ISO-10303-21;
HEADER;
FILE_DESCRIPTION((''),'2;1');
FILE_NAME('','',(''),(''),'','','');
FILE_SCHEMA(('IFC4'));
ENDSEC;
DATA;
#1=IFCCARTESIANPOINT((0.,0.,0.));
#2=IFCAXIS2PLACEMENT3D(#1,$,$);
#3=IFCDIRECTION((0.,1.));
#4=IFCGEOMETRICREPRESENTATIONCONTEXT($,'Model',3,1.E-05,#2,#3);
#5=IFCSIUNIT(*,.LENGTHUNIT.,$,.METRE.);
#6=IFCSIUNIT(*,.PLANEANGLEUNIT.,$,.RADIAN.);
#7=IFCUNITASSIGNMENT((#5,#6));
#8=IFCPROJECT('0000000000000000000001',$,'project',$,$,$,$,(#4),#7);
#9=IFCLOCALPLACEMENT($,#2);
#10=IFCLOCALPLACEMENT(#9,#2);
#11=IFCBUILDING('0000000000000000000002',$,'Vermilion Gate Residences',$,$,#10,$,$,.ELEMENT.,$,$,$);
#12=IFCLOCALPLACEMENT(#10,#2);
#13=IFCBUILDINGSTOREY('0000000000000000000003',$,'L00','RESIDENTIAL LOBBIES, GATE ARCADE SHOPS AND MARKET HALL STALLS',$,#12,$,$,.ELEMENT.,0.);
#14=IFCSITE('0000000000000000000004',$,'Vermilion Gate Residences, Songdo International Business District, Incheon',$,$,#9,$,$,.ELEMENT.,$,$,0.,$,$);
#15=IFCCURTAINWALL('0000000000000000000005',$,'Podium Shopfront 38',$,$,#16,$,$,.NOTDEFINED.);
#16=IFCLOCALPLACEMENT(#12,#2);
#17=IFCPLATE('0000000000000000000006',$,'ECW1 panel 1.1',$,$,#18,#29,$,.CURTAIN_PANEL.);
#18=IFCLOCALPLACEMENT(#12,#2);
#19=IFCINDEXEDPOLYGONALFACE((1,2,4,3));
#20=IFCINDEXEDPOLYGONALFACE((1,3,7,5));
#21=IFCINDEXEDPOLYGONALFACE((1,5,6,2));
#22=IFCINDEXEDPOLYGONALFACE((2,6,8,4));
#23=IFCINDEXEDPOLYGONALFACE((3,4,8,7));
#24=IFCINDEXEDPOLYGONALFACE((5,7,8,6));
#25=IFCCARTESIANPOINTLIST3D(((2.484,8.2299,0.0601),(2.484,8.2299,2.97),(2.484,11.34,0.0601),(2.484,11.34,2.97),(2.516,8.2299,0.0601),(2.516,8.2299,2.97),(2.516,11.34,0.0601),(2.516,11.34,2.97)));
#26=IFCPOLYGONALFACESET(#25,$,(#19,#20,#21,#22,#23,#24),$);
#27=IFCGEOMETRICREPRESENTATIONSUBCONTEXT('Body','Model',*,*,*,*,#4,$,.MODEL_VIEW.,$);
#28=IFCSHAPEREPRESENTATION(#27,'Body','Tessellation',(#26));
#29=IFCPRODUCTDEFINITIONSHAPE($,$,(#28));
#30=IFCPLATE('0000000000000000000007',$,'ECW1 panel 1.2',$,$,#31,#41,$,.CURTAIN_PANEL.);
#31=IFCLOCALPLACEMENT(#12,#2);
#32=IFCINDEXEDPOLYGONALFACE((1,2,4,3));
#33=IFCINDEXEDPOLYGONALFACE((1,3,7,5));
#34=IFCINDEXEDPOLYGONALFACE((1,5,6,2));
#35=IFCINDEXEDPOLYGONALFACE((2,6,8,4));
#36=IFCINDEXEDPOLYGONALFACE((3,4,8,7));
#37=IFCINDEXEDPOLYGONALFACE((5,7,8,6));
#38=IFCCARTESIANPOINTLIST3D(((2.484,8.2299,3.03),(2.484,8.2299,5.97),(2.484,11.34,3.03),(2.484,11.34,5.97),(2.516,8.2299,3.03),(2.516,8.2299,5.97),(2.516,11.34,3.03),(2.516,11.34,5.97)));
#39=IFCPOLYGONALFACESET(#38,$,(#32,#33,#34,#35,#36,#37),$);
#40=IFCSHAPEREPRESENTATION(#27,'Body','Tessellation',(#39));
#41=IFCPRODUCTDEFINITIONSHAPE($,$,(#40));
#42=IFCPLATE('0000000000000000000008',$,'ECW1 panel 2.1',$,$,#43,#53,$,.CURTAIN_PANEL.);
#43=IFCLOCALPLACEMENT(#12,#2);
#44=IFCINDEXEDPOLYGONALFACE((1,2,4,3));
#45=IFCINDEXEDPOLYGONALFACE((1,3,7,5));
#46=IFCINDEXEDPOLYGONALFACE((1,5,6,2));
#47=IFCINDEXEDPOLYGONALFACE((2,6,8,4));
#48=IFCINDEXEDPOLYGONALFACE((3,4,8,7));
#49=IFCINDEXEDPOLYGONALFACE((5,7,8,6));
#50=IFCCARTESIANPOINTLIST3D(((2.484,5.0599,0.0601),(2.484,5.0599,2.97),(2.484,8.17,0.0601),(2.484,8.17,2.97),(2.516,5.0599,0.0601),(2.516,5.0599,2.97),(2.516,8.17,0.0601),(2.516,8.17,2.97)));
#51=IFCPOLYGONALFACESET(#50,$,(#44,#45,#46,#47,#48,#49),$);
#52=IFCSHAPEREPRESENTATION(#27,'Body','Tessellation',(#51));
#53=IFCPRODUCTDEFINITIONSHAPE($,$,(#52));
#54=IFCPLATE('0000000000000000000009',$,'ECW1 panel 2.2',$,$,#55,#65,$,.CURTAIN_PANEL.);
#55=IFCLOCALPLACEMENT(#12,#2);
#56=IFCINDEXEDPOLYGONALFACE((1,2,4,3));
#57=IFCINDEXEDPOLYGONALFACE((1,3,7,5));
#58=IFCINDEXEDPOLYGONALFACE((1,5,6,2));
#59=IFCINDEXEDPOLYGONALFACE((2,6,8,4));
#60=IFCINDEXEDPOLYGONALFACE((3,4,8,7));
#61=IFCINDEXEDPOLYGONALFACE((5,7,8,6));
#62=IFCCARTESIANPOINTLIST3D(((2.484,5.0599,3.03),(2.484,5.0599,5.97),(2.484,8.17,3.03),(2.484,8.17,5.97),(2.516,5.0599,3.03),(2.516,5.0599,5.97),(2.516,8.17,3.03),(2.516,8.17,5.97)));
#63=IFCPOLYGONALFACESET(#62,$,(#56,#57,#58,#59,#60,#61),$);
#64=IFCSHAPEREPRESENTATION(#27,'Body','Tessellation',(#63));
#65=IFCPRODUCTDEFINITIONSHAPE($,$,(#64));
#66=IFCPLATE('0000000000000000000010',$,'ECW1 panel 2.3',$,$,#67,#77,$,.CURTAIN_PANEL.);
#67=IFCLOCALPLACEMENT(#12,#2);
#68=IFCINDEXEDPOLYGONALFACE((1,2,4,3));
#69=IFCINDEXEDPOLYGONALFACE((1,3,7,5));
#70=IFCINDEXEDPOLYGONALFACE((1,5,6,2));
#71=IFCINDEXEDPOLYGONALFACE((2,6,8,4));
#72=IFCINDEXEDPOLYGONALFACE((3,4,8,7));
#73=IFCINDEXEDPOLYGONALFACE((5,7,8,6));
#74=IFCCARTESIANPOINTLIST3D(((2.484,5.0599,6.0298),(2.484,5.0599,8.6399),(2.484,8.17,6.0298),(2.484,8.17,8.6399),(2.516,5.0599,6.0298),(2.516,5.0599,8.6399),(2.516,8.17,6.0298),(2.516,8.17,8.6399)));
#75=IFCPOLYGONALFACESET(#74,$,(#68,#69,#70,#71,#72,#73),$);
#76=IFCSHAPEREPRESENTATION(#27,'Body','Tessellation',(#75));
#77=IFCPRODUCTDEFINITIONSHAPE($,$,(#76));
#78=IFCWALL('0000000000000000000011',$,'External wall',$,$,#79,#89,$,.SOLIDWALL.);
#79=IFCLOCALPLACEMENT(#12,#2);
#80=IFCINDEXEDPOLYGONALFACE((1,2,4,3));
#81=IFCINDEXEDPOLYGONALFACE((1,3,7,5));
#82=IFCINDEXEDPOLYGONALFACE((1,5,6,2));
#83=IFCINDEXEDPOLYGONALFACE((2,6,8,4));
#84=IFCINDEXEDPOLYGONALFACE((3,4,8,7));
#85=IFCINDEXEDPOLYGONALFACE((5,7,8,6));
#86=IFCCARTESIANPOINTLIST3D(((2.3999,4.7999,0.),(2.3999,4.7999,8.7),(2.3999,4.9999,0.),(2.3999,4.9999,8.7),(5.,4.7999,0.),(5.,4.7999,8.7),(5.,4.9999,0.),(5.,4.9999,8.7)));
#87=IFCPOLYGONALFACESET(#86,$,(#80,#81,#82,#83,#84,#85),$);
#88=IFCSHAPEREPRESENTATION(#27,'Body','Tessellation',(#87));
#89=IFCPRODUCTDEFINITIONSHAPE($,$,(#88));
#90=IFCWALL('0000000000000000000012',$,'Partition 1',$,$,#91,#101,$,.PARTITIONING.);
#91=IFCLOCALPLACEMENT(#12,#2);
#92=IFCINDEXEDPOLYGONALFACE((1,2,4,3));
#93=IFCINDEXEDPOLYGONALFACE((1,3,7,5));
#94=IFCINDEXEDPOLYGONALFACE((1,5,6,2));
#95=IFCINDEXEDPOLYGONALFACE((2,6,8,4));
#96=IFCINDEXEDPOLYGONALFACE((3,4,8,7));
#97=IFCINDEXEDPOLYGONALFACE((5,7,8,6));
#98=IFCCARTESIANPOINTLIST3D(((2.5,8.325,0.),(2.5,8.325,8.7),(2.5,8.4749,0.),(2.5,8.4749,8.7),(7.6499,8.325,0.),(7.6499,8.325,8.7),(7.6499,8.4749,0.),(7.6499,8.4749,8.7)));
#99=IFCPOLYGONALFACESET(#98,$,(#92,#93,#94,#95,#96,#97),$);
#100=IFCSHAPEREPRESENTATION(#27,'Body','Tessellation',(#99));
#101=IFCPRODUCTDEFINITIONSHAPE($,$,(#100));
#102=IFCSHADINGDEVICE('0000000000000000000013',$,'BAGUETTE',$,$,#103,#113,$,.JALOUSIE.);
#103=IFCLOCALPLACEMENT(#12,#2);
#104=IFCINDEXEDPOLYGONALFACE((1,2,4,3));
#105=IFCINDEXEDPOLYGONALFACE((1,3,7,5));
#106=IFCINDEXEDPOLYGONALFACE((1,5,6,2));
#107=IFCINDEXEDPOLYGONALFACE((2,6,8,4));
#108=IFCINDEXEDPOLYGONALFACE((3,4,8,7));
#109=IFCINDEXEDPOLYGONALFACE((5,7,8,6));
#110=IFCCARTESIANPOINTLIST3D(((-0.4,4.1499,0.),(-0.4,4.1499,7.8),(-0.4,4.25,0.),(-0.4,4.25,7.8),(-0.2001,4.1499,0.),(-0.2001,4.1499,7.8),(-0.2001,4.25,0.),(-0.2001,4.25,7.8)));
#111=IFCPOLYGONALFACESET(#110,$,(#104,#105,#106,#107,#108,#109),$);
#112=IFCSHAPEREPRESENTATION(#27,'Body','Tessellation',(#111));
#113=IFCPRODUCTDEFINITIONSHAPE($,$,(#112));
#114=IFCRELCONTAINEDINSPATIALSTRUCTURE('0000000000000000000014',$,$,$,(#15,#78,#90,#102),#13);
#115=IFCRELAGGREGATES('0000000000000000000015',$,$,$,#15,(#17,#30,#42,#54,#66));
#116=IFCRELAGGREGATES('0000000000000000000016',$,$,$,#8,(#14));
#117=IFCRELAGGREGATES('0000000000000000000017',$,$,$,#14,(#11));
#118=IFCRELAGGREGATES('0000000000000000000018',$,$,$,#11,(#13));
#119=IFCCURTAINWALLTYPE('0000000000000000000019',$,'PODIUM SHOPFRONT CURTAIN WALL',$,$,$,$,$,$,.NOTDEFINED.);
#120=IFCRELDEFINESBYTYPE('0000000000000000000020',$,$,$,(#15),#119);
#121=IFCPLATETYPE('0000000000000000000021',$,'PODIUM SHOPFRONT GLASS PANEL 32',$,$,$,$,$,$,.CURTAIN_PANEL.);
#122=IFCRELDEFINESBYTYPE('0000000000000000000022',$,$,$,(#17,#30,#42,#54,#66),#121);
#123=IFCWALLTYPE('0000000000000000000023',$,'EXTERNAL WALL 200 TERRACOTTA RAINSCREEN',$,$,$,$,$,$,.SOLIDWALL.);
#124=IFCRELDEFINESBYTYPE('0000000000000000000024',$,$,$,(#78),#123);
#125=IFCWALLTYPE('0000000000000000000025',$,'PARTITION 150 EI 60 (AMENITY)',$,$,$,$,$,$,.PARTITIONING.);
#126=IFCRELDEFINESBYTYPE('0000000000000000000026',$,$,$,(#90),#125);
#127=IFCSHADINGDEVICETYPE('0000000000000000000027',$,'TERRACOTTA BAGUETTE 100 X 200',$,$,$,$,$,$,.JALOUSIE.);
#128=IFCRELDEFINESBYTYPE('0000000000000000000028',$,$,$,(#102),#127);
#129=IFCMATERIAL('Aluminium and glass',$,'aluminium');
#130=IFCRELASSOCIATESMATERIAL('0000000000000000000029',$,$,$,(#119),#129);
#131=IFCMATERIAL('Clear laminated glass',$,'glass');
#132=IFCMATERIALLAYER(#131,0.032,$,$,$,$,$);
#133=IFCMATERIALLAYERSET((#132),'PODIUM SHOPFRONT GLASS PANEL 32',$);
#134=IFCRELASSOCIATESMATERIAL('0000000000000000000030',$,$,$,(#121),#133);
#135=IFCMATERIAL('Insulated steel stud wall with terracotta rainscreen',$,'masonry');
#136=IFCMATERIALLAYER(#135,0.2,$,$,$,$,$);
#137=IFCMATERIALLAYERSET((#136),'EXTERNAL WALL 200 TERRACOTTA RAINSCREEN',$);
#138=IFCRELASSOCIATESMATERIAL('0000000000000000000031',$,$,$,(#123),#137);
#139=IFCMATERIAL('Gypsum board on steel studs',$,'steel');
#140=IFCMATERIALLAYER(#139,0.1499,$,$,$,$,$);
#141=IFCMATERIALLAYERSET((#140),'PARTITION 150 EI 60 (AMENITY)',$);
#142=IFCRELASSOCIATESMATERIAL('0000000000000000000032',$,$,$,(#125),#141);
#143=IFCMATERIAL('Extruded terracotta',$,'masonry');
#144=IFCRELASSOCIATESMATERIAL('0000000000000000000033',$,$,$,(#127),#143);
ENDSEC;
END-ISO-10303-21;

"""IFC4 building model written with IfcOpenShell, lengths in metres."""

from ifc_helpers import new_model, si_unit, direction, frame, frame_2d, origin, origin_2d, place, context, subcontext, project, spatial, rectangle, extrude, material, layer, layer_set, material_profile, profile_set, type_object, element, aggregate, save


model = new_model("IFC4")

# Units and contexts
model_context = context("Model", 3, precision=1e-05, world=origin(), true_north=direction((0.0, 1.0)))
body_context = subcontext(model_context, "Body", "Model", "MODEL_VIEW")
ifc_project = project(units=[si_unit("LENGTHUNIT", "METRE"), si_unit("PLANEANGLEUNIT", "RADIAN")], contexts=[model_context])

# Site, building, storey
site_placement = place(None, origin())
site = spatial("IfcSite", under=ifc_project, at=site_placement, Name="Vermilion Gate Residences, Songdo International Business District, Incheon", CompositionType="ELEMENT", RefElevation=0.0)
building_placement = place(site_placement, origin())
building = spatial("IfcBuilding", under=site, at=building_placement, Name="Vermilion Gate Residences", CompositionType="ELEMENT")
storey_placement = place(building_placement, origin())
storey = spatial("IfcBuildingStorey", under=building, at=storey_placement, Name="L00", Description="RESIDENTIAL LOBBIES, GATE ARCADE SHOPS AND MARKET HALL STALLS", CompositionType="ELEMENT", Elevation=0.0)

# Curtain wall
ifc_material_1 = material(Name="Aluminium and glass", Category="aluminium")
curtain_wall_type_1 = type_object("IfcCurtainWallType", Name="PODIUM SHOPFRONT CURTAIN WALL", PredefinedType="NOTDEFINED", material=ifc_material_1)
curtain_wall_1_placement = place(storey_placement, origin())
curtain_wall_1 = element("IfcCurtainWall", 1, at=curtain_wall_1_placement, inside=storey, type_object=curtain_wall_type_1, Name="Podium Shopfront 38", PredefinedType="NOTDEFINED")

# Plates
ifc_material_2 = material(Name="Clear laminated glass", Category="glass")
ifc_layer_1 = layer(ifc_material_2, 0.032)
ifc_layer_set_1 = layer_set([ifc_layer_1], Name="PODIUM SHOPFRONT GLASS PANEL 32")
plate_type = type_object("IfcPlateType", Name="PODIUM SHOPFRONT GLASS PANEL 32", PredefinedType="CURTAIN_PANEL", material=ifc_layer_set_1)
plate_1_placement = place(storey_placement, frame((2.5, 9.7849, 0.0601), z_axis=(0.0, 0.0, 1.0), x_axis=(0.0, -1.0, 0.0)))
plate_1 = element("IfcPlate", 2, at=plate_1_placement, type_object=plate_type, Name="ECW1 panel 1.1", PredefinedType="CURTAIN_PANEL", context=body_context, shape_type="SweptSolid", body=[
    extrude(rectangle(XDim=3.1101, YDim=0.032, at=origin_2d()), origin(), (0.0, 0.0, 1.0), 2.9099),
])
plate_2_placement = place(storey_placement, frame((2.5, 9.7849, 3.03), z_axis=(0.0, 0.0, 1.0), x_axis=(0.0, -1.0, 0.0)))
plate_2 = element("IfcPlate", 3, at=plate_2_placement, type_object=plate_type, Name="ECW1 panel 1.2", PredefinedType="CURTAIN_PANEL", context=body_context, shape_type="SweptSolid", body=[
    extrude(rectangle(XDim=3.1101, YDim=0.032, at=origin_2d()), origin(), (0.0, 0.0, 1.0), 2.9399),
])
plate_3_placement = place(storey_placement, frame((2.5, 6.615, 0.0601), z_axis=(0.0, 0.0, 1.0), x_axis=(0.0, -1.0, 0.0)))
plate_3 = element("IfcPlate", 4, at=plate_3_placement, type_object=plate_type, Name="ECW1 panel 2.1", PredefinedType="CURTAIN_PANEL", context=body_context, shape_type="SweptSolid", body=[
    extrude(rectangle(XDim=3.1101, YDim=0.032, at=origin_2d()), origin(), (0.0, 0.0, 1.0), 2.9099),
])
plate_4_placement = place(storey_placement, frame((2.5, 6.615, 3.03), z_axis=(0.0, 0.0, 1.0), x_axis=(0.0, -1.0, 0.0)))
plate_4 = element("IfcPlate", 5, at=plate_4_placement, type_object=plate_type, Name="ECW1 panel 2.2", PredefinedType="CURTAIN_PANEL", context=body_context, shape_type="SweptSolid", body=[
    extrude(rectangle(XDim=3.1101, YDim=0.032, at=origin_2d()), origin(), (0.0, 0.0, 1.0), 2.9399),
])
plate_5_placement = place(storey_placement, frame((2.5, 6.615, 6.0298), z_axis=(0.0, 0.0, 1.0), x_axis=(0.0, -1.0, 0.0)))
plate_5 = element("IfcPlate", 6, at=plate_5_placement, type_object=plate_type, Name="ECW1 panel 2.3", PredefinedType="CURTAIN_PANEL", context=body_context, shape_type="SweptSolid", body=[
    extrude(rectangle(XDim=3.1101, YDim=0.032, at=origin_2d()), origin(), (0.0, 0.0, 1.0), 2.6101),
])
aggregate(curtain_wall_1, [plate_1, plate_2, plate_3, plate_4, plate_5])

# Walls
ifc_material_3 = material(Name="Insulated steel stud wall with terracotta rainscreen", Category="masonry")
ifc_layer_2 = layer(ifc_material_3, 0.2)
ifc_layer_set_2 = layer_set([ifc_layer_2], Name="EXTERNAL WALL 200 TERRACOTTA RAINSCREEN")
wall_type_1 = type_object("IfcWallType", Name="EXTERNAL WALL 200 TERRACOTTA RAINSCREEN", PredefinedType="SOLIDWALL", material=ifc_layer_set_2)
wall_1_placement = place(storey_placement, frame((2.3999, 4.8999, 0.0), z_axis=(0.0, 0.0, 1.0), x_axis=(1.0, 0.0, 0.0)))
element("IfcWall", 7, at=wall_1_placement, inside=storey, type_object=wall_type_1, Name="External wall", PredefinedType="SOLIDWALL", context=body_context, shape_type="SweptSolid", body=[
    extrude(rectangle(XDim=2.6001, YDim=0.2, at=frame_2d((1.3, 0.0))), origin(), (0.0, 0.0, 1.0), 8.7),
])
ifc_material_4 = material(Name="Gypsum board on steel studs", Category="steel")
ifc_layer_3 = layer(ifc_material_4, 0.1499)
ifc_layer_set_3 = layer_set([ifc_layer_3], Name="PARTITION 150 EI 60 (AMENITY)")
wall_type_2 = type_object("IfcWallType", Name="PARTITION 150 EI 60 (AMENITY)", PredefinedType="PARTITIONING", material=ifc_layer_set_3)
wall_2_placement = place(storey_placement, frame((2.5, 8.3999, 0.0), z_axis=(0.0, 0.0, 1.0), x_axis=(1.0, 0.0, 0.0)))
element("IfcWall", 8, at=wall_2_placement, inside=storey, type_object=wall_type_2, Name="Partition 1", PredefinedType="PARTITIONING", context=body_context, shape_type="SweptSolid", body=[
    extrude(rectangle(XDim=5.1499, YDim=0.1499, at=frame_2d((2.575, 0.0))), origin(), (0.0, 0.0, 1.0), 8.7),
])

# Shading device
ifc_material_5 = material(Name="Extruded terracotta", Category="masonry")
ifc_material_profile_1 = material_profile(ifc_material_5, rectangle(XDim=0.2, YDim=0.1001, at=origin_2d()), Name="BAGUETTE 100 X 200")
ifc_profile_set_1 = profile_set([ifc_material_profile_1], Name="Extruded terracotta")
shading_device_type = type_object("IfcShadingDeviceType", Name="TERRACOTTA BAGUETTE 100 X 200", PredefinedType="JALOUSIE", material=ifc_profile_set_1)
shading_device_placement = place(storey_placement, frame((-0.3, 4.2, 0.0), z_axis=(0.0, 0.0, 1.0), x_axis=(1.0, 0.0, 0.0)))
element("IfcShadingDevice", 9, at=shading_device_placement, inside=storey, type_object=shading_device_type, Name="BAGUETTE", PredefinedType="JALOUSIE", context=body_context, shape_type="SweptSolid", body=[
    extrude(rectangle(XDim=0.2, YDim=0.1001, at=origin_2d()), origin(), (0.0, 0.0, 1.0), 7.8),
])

save(model, "model.ifc")
